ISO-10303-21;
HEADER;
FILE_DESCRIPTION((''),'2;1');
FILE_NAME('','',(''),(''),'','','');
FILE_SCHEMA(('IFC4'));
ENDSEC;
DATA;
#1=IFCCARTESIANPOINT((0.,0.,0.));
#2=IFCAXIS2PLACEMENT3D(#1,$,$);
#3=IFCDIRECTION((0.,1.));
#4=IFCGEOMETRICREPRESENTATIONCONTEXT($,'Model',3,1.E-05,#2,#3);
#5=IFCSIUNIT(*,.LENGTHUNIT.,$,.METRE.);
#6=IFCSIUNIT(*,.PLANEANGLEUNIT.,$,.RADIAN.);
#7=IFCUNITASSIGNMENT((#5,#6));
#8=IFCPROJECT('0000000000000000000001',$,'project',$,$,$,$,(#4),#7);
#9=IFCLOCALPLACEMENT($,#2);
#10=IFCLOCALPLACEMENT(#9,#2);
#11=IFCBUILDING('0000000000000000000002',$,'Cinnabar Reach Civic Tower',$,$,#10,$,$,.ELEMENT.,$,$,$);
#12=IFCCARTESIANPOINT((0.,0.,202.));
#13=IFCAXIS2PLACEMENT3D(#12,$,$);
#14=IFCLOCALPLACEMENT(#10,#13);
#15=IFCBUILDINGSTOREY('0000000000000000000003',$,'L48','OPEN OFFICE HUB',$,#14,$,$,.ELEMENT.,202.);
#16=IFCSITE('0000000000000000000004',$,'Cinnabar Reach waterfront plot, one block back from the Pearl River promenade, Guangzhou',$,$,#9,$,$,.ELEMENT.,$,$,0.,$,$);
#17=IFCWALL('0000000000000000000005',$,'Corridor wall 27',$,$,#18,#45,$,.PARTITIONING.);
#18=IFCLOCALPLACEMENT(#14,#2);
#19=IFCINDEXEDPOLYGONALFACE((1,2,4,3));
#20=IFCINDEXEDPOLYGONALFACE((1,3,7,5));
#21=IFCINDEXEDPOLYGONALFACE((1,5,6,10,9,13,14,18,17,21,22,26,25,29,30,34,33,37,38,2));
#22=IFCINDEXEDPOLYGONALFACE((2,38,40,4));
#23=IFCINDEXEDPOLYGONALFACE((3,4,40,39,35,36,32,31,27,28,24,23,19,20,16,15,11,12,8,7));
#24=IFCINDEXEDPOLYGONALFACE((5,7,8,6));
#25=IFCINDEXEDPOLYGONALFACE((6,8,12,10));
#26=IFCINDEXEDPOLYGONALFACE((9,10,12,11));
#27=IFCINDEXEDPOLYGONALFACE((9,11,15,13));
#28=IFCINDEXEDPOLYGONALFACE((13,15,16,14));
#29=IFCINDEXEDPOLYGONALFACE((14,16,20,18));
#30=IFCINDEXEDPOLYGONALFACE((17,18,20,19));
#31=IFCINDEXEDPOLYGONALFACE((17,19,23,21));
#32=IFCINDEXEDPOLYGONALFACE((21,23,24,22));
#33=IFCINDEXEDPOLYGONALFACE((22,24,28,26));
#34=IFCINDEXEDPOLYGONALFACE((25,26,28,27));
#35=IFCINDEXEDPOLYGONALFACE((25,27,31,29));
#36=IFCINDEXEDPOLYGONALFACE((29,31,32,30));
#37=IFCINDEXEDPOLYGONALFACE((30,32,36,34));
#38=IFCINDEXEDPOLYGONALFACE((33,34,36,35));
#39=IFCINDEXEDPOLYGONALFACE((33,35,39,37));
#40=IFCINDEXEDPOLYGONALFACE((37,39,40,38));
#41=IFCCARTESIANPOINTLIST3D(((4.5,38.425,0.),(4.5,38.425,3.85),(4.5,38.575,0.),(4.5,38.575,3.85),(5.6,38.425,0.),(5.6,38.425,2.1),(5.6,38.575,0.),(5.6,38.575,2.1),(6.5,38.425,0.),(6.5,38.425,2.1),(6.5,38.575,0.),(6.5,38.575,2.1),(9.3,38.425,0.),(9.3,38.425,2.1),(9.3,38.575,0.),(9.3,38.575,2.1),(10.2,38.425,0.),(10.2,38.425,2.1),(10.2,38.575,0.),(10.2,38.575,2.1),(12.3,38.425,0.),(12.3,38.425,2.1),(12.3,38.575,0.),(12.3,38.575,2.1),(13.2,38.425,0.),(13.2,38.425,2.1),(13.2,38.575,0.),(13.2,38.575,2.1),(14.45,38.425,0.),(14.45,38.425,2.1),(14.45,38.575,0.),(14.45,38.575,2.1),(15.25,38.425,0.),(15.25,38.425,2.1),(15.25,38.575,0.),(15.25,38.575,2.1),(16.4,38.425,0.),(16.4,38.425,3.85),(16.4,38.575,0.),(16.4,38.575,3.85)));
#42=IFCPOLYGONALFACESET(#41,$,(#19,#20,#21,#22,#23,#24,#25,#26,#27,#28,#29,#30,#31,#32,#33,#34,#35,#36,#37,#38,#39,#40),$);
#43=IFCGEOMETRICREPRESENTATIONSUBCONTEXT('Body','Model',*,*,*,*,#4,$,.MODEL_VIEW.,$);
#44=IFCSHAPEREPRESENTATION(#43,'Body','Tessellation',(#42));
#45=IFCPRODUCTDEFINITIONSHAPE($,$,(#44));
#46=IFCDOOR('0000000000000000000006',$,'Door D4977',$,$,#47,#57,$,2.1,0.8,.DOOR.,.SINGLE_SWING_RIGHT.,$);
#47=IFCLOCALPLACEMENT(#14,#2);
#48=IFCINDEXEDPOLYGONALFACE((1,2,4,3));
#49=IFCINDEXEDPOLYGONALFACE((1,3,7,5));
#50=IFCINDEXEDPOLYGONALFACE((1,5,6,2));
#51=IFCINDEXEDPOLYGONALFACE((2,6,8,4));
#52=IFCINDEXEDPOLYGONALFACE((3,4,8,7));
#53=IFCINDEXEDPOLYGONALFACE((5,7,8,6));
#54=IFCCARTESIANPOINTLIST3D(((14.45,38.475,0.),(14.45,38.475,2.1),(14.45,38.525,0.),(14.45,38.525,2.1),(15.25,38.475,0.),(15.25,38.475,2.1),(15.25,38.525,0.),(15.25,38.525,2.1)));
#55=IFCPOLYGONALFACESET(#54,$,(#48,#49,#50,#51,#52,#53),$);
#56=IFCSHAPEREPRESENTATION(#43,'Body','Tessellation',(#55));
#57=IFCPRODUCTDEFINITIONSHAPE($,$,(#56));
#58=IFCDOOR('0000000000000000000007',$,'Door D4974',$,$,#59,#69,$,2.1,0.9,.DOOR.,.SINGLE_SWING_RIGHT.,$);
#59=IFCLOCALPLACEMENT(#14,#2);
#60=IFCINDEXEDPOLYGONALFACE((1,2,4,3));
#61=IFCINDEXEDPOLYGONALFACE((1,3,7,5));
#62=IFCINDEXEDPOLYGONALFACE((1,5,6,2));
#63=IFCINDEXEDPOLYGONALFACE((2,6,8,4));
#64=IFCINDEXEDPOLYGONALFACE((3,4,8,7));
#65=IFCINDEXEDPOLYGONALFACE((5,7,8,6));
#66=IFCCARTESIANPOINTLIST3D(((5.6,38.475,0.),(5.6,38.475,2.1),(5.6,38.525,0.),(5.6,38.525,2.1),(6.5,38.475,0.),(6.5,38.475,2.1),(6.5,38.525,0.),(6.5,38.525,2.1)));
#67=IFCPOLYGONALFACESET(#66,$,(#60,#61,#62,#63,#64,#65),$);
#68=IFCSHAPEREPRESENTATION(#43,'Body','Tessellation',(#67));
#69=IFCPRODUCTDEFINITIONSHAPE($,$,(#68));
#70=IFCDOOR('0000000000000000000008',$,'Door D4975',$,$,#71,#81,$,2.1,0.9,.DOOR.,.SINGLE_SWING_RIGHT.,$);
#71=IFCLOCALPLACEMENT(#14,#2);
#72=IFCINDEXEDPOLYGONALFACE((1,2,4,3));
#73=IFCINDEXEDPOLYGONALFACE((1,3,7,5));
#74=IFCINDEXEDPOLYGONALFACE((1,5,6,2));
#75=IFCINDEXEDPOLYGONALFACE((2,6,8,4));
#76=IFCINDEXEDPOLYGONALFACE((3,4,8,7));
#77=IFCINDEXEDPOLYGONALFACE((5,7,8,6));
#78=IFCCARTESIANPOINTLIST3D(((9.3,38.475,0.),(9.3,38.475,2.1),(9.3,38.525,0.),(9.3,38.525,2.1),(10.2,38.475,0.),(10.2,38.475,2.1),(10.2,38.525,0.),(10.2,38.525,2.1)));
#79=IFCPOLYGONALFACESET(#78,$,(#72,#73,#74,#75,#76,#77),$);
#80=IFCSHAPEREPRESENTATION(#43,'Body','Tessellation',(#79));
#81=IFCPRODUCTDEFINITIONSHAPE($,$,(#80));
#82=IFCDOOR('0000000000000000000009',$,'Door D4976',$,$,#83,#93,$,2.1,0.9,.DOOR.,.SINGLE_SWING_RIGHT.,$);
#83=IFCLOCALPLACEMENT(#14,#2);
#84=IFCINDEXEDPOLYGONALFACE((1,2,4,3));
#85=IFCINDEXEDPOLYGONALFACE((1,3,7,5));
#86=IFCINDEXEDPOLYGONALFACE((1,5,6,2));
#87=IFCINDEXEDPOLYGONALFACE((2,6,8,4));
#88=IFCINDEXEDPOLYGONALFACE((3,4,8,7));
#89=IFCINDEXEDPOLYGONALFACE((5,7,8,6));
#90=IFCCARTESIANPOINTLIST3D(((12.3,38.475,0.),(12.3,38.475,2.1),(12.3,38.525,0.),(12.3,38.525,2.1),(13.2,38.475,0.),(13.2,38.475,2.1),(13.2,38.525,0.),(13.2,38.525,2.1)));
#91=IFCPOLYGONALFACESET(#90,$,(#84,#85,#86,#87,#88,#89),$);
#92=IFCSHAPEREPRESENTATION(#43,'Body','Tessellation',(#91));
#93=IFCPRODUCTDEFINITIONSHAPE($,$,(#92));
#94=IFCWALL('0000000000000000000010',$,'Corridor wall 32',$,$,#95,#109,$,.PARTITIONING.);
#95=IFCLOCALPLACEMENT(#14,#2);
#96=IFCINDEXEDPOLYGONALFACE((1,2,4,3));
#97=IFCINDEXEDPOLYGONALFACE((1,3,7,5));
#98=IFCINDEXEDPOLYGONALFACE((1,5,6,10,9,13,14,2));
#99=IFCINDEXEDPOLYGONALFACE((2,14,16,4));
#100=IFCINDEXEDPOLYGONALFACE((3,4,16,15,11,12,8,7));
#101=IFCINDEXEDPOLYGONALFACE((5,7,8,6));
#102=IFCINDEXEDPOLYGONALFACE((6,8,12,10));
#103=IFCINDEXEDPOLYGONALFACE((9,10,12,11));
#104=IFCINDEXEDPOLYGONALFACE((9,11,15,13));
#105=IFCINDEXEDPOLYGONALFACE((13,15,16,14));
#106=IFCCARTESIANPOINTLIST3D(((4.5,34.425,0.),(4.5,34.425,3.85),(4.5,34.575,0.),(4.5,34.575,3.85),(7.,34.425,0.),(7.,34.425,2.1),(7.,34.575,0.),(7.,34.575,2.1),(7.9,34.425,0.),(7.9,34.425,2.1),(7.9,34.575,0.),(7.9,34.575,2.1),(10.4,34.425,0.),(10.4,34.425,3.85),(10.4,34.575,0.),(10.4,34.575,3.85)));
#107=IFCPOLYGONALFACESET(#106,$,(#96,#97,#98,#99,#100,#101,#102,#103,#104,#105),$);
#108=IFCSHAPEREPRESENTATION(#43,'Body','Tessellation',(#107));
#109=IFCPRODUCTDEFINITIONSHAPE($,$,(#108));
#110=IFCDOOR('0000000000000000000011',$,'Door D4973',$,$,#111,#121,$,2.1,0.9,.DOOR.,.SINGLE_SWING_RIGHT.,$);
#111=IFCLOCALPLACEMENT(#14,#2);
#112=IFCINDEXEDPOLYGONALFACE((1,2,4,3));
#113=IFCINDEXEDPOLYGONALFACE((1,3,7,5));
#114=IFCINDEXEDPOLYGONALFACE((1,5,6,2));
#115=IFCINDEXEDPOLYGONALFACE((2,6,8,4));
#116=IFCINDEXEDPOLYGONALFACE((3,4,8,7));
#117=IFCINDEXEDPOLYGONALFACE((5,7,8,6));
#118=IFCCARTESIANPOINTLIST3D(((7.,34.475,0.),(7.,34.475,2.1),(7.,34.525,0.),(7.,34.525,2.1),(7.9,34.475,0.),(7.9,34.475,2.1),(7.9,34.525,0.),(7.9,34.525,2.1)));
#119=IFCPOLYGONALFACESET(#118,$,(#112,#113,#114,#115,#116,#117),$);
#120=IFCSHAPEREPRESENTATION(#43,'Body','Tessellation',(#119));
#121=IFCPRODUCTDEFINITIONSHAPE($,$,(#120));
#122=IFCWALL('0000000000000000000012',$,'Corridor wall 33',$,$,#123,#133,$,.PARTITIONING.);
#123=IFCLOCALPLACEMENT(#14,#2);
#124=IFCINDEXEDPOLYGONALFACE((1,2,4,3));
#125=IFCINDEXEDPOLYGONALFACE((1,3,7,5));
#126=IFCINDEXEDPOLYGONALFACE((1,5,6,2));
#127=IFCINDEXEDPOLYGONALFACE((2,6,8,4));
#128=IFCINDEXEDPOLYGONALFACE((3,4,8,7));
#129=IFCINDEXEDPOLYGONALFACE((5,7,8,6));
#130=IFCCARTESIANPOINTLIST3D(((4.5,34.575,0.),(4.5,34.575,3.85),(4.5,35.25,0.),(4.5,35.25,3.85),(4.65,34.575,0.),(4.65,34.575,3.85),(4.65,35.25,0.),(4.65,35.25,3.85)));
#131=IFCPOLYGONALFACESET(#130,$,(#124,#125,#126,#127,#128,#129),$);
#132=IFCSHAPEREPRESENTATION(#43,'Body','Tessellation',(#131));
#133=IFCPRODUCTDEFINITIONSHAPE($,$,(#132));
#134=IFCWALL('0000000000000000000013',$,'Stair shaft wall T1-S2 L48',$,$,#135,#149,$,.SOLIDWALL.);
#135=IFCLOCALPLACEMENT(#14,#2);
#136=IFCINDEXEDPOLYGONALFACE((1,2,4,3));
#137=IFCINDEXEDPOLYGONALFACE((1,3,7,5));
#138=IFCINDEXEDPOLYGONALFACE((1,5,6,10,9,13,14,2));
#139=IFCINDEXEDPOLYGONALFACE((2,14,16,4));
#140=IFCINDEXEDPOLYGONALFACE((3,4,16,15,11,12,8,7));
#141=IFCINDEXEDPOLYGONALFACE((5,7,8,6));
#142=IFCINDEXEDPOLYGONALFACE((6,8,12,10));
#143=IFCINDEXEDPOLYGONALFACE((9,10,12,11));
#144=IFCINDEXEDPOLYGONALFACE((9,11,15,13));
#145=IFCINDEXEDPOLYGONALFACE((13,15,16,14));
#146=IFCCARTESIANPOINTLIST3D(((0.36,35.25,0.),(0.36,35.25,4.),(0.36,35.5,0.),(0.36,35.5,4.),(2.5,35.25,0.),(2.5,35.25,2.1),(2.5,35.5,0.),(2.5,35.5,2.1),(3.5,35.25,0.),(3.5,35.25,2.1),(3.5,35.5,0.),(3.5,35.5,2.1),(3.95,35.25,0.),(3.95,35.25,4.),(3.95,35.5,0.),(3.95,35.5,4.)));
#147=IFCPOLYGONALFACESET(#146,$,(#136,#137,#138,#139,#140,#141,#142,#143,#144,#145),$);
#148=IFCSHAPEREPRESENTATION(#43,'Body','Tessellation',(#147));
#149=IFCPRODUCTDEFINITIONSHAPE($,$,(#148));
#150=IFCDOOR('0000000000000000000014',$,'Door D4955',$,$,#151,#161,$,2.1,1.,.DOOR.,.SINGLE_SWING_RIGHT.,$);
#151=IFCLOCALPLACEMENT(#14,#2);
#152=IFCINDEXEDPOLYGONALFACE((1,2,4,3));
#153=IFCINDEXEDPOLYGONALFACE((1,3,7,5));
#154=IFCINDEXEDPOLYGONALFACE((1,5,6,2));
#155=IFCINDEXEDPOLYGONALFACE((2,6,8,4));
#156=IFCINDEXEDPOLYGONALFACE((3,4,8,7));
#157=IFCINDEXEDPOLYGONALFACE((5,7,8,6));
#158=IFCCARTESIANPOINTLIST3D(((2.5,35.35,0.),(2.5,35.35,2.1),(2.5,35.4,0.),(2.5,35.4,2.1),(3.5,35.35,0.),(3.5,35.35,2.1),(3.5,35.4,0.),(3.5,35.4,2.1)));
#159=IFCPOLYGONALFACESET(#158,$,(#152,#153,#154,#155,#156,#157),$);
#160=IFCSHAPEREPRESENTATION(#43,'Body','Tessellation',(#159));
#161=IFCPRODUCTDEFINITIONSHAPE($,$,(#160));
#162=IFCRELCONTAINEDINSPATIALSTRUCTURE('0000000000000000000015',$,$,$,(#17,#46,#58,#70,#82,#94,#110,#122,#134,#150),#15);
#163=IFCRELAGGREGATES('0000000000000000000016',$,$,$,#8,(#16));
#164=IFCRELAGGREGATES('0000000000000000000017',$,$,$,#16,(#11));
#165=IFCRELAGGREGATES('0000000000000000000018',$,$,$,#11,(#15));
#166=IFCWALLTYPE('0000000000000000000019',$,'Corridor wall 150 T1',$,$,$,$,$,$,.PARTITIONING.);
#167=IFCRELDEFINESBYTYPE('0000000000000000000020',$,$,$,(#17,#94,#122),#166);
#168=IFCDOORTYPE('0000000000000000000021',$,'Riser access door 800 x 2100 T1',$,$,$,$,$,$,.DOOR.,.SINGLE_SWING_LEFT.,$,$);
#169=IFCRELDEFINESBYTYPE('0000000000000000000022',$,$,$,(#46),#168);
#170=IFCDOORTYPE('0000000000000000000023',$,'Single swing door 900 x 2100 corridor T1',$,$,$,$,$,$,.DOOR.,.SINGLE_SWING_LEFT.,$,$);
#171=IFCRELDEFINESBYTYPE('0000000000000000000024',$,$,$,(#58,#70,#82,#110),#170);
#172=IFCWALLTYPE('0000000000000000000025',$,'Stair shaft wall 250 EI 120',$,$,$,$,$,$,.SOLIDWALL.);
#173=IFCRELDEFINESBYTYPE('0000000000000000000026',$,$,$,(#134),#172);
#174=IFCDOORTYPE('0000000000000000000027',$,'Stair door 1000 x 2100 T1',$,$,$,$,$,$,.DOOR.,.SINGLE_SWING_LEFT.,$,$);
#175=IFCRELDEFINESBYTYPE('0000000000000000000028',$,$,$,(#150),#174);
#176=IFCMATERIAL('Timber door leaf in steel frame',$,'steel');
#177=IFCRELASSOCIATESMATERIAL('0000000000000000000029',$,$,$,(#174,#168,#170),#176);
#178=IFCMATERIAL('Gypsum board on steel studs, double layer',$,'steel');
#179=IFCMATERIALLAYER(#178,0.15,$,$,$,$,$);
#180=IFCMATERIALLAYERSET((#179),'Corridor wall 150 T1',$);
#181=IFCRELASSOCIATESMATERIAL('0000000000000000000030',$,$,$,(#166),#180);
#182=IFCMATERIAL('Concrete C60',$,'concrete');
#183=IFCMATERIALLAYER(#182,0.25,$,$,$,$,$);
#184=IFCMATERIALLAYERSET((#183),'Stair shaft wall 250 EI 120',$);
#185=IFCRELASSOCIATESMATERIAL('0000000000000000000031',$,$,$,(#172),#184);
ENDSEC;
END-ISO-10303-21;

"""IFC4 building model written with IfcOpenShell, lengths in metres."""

from ifc_helpers import new_model, si_unit, direction, frame, frame_2d, origin, place, context, subcontext, project, spatial, rectangle, extrude, material, layer, layer_set, type_object, element, fill, save


model = new_model("IFC4")

# Units and contexts
model_context = context("Model", 3, precision=1e-05, world=origin(), true_north=direction((0.0, 1.0)))
body_context = subcontext(model_context, "Body", "Model", "MODEL_VIEW")
ifc_project = project(units=[si_unit("LENGTHUNIT", "METRE"), si_unit("PLANEANGLEUNIT", "RADIAN")], contexts=[model_context])

# Site, building, storey
site_placement = place(None, origin())
site = spatial("IfcSite", under=ifc_project, at=site_placement, Name="Cinnabar Reach waterfront plot, one block back from the Pearl River promenade, Guangzhou", CompositionType="ELEMENT", RefElevation=0.0)
building_placement = place(site_placement, origin())
building = spatial("IfcBuilding", under=site, at=building_placement, Name="Cinnabar Reach Civic Tower", CompositionType="ELEMENT")
storey_placement = place(building_placement, frame((0.0, 0.0, 202.0)))
storey = spatial("IfcBuildingStorey", under=building, at=storey_placement, Name="L48", Description="OPEN OFFICE HUB", CompositionType="ELEMENT", Elevation=202.0)

# Shared definitions
ifc_material_1 = material(Name="Concrete C60", Category="concrete")
ifc_material_2 = material(Name="Timber door leaf in steel frame", Category="steel")
door_type_1 = type_object("IfcDoorType", Name="Stair door 1000 x 2100 T1", OperationType="SINGLE_SWING_LEFT", PredefinedType="DOOR", material=ifc_material_2)

# Wall, openings, doors
ifc_material_3 = material(Name="Gypsum board on steel studs, double layer", Category="steel")
ifc_layer_1 = layer(ifc_material_3, 0.15)
ifc_layer_set_1 = layer_set([ifc_layer_1], Name="Corridor wall 150 T1")
wall_type_1 = type_object("IfcWallType", Name="Corridor wall 150 T1", PredefinedType="PARTITIONING", material=ifc_layer_set_1)
wall_1_placement = place(storey_placement, frame((4.5, 38.5, 0.0), z_axis=(0.0, 0.0, 1.0), x_axis=(1.0, 0.0, 0.0)))
wall_1 = element("IfcWall", 1, at=wall_1_placement, inside=storey, type_object=wall_type_1, Name="Corridor wall 27", PredefinedType="PARTITIONING", context=body_context, shape_type="SweptSolid", body=[
    extrude(rectangle(XDim=11.9, YDim=0.15, at=frame_2d((5.95, 0.0))), origin(), (0.0, 0.0, 1.0), 3.85),
])
opening_1_placement = place(wall_1_placement, frame((1.1, 0.0, 0.0)))
opening_1 = element("IfcOpeningElement", 2, at=opening_1_placement, cuts=wall_1, PredefinedType="OPENING", context=body_context, shape_type="SweptSolid", body=[
    extrude(rectangle(XDim=0.9, YDim=2.1, at=frame_2d((0.45, 1.05))), frame((0.0, 0.085, 0.0), z_axis=(0.0, -1.0, 0.0), x_axis=(1.0, 0.0, 0.0)), (0.0, 0.0, 1.0), 0.17),
])
opening_2_placement = place(wall_1_placement, frame((4.8, 0.0, 0.0)))
opening_2 = element("IfcOpeningElement", 3, at=opening_2_placement, cuts=wall_1, PredefinedType="OPENING", context=body_context, shape_type="SweptSolid", body=[
    extrude(rectangle(XDim=0.9, YDim=2.1, at=frame_2d((0.45, 1.05))), frame((0.0, 0.085, 0.0), z_axis=(0.0, -1.0, 0.0), x_axis=(1.0, 0.0, 0.0)), (0.0, 0.0, 1.0), 0.17),
])
opening_3_placement = place(wall_1_placement, frame((7.8, 0.0, 0.0)))
opening_3 = element("IfcOpeningElement", 4, at=opening_3_placement, cuts=wall_1, PredefinedType="OPENING", context=body_context, shape_type="SweptSolid", body=[
    extrude(rectangle(XDim=0.9, YDim=2.1, at=frame_2d((0.45, 1.05))), frame((0.0, 0.085, 0.0), z_axis=(0.0, -1.0, 0.0), x_axis=(1.0, 0.0, 0.0)), (0.0, 0.0, 1.0), 0.17),
])
opening_4_placement = place(wall_1_placement, frame((9.95, 0.0, 0.0)))
opening_4 = element("IfcOpeningElement", 5, at=opening_4_placement, cuts=wall_1, PredefinedType="OPENING", context=body_context, shape_type="SweptSolid", body=[
    extrude(rectangle(XDim=0.8, YDim=2.1, at=frame_2d((0.4, 1.05))), frame((0.0, 0.085, 0.0), z_axis=(0.0, -1.0, 0.0), x_axis=(1.0, 0.0, 0.0)), (0.0, 0.0, 1.0), 0.17),
])
door_type_2 = type_object("IfcDoorType", Name="Riser access door 800 x 2100 T1", OperationType="SINGLE_SWING_LEFT", PredefinedType="DOOR", material=ifc_material_2)
door_1_placement = place(opening_4_placement, origin())
door_1 = element("IfcDoor", 6, at=door_1_placement, inside=storey, type_object=door_type_2, Name="Door D4977", OperationType="SINGLE_SWING_RIGHT", OverallHeight=2.1, OverallWidth=0.8, PredefinedType="DOOR", context=body_context, shape_type="SweptSolid", body=[
    extrude(rectangle(XDim=0.8, YDim=2.1, at=frame_2d((0.4, 1.05))), frame((0.0, 0.025, 0.0), z_axis=(0.0, -1.0, 0.0), x_axis=(1.0, 0.0, 0.0)), (0.0, 0.0, 1.0), 0.05),
])
fill(opening_4, door_1)
door_type_3 = type_object("IfcDoorType", Name="Single swing door 900 x 2100 corridor T1", OperationType="SINGLE_SWING_LEFT", PredefinedType="DOOR", material=ifc_material_2)
door_2_placement = place(opening_1_placement, origin())
door_2 = element("IfcDoor", 7, at=door_2_placement, inside=storey, type_object=door_type_3, Name="Door D4974", OperationType="SINGLE_SWING_RIGHT", OverallHeight=2.1, OverallWidth=0.9, PredefinedType="DOOR", context=body_context, shape_type="SweptSolid", body=[
    extrude(rectangle(XDim=0.9, YDim=2.1, at=frame_2d((0.45, 1.05))), frame((0.0, 0.025, 0.0), z_axis=(0.0, -1.0, 0.0), x_axis=(1.0, 0.0, 0.0)), (0.0, 0.0, 1.0), 0.05),
])
fill(opening_1, door_2)
door_3_placement = place(opening_2_placement, origin())
door_3 = element("IfcDoor", 8, at=door_3_placement, inside=storey, type_object=door_type_3, Name="Door D4975", OperationType="SINGLE_SWING_RIGHT", OverallHeight=2.1, OverallWidth=0.9, PredefinedType="DOOR", context=body_context, shape_type="SweptSolid", body=[
    extrude(rectangle(XDim=0.9, YDim=2.1, at=frame_2d((0.45, 1.05))), frame((0.0, 0.025, 0.0), z_axis=(0.0, -1.0, 0.0), x_axis=(1.0, 0.0, 0.0)), (0.0, 0.0, 1.0), 0.05),
])
fill(opening_2, door_3)
door_4_placement = place(opening_3_placement, origin())
door_4 = element("IfcDoor", 9, at=door_4_placement, inside=storey, type_object=door_type_3, Name="Door D4976", OperationType="SINGLE_SWING_RIGHT", OverallHeight=2.1, OverallWidth=0.9, PredefinedType="DOOR", context=body_context, shape_type="SweptSolid", body=[
    extrude(rectangle(XDim=0.9, YDim=2.1, at=frame_2d((0.45, 1.05))), frame((0.0, 0.025, 0.0), z_axis=(0.0, -1.0, 0.0), x_axis=(1.0, 0.0, 0.0)), (0.0, 0.0, 1.0), 0.05),
])
fill(opening_3, door_4)

# Wall, opening, door
wall_2_placement = place(storey_placement, frame((4.5, 34.5, 0.0), z_axis=(0.0, 0.0, 1.0), x_axis=(1.0, 0.0, 0.0)))
wall_2 = element("IfcWall", 10, at=wall_2_placement, inside=storey, type_object=wall_type_1, Name="Corridor wall 32", PredefinedType="PARTITIONING", context=body_context, shape_type="SweptSolid", body=[
    extrude(rectangle(XDim=5.9, YDim=0.15, at=frame_2d((2.95, 0.0))), origin(), (0.0, 0.0, 1.0), 3.85),
])
opening_5_placement = place(wall_2_placement, frame((2.5, 0.0, 0.0)))
opening_5 = element("IfcOpeningElement", 11, at=opening_5_placement, cuts=wall_2, PredefinedType="OPENING", context=body_context, shape_type="SweptSolid", body=[
    extrude(rectangle(XDim=0.9, YDim=2.1, at=frame_2d((0.45, 1.05))), frame((0.0, 0.085, 0.0), z_axis=(0.0, -1.0, 0.0), x_axis=(1.0, 0.0, 0.0)), (0.0, 0.0, 1.0), 0.17),
])
door_5_placement = place(opening_5_placement, frame((0.9, 0.0, 0.0), z_axis=(0.0, 0.0, 1.0), x_axis=(-1.0, 0.0, 0.0)))
door_5 = element("IfcDoor", 12, at=door_5_placement, inside=storey, type_object=door_type_3, Name="Door D4973", OperationType="SINGLE_SWING_RIGHT", OverallHeight=2.1, OverallWidth=0.9, PredefinedType="DOOR", context=body_context, shape_type="SweptSolid", body=[
    extrude(rectangle(XDim=0.9, YDim=2.1, at=frame_2d((0.45, 1.05))), frame((0.0, 0.025, 0.0), z_axis=(0.0, -1.0, 0.0), x_axis=(1.0, 0.0, 0.0)), (0.0, 0.0, 1.0), 0.05),
])
fill(opening_5, door_5)

# Wall
wall_3_placement = place(storey_placement, frame((4.575, 34.575, 0.0), z_axis=(0.0, 0.0, 1.0), x_axis=(0.0, 1.0, 0.0)))
element("IfcWall", 13, at=wall_3_placement, inside=storey, type_object=wall_type_1, Name="Corridor wall 33", PredefinedType="PARTITIONING", context=body_context, shape_type="SweptSolid", body=[
    extrude(rectangle(XDim=0.675, YDim=0.15, at=frame_2d((0.3375, 0.0))), origin(), (0.0, 0.0, 1.0), 3.85),
])

# Wall, opening, door
ifc_layer_2 = layer(ifc_material_1, 0.25)
ifc_layer_set_2 = layer_set([ifc_layer_2], Name="Stair shaft wall 250 EI 120")
wall_type_2 = type_object("IfcWallType", Name="Stair shaft wall 250 EI 120", PredefinedType="SOLIDWALL", material=ifc_layer_set_2)
wall_4_placement = place(storey_placement, frame((0.36, 35.375, 0.0), z_axis=(0.0, 0.0, 1.0), x_axis=(1.0, 0.0, 0.0)))
wall_4 = element("IfcWall", 14, at=wall_4_placement, inside=storey, type_object=wall_type_2, Name="Stair shaft wall T1-S2 L48", PredefinedType="SOLIDWALL", context=body_context, shape_type="SweptSolid", body=[
    extrude(rectangle(XDim=3.59, YDim=0.25, at=frame_2d((1.795, 0.0))), origin(), (0.0, 0.0, 1.0), 4.0),
])
opening_6_placement = place(wall_4_placement, frame((2.14, 0.0, 0.0)))
opening_6 = element("IfcOpeningElement", 15, at=opening_6_placement, cuts=wall_4, PredefinedType="OPENING", context=body_context, shape_type="SweptSolid", body=[
    extrude(rectangle(XDim=1.0, YDim=2.1, at=frame_2d((0.5, 1.05))), frame((0.0, 0.135, 0.0), z_axis=(0.0, -1.0, 0.0), x_axis=(1.0, 0.0, 0.0)), (0.0, 0.0, 1.0), 0.27),
])
door_6_placement = place(opening_6_placement, origin())
door_6 = element("IfcDoor", 16, at=door_6_placement, inside=storey, type_object=door_type_1, Name="Door D4955", OperationType="SINGLE_SWING_RIGHT", OverallHeight=2.1, OverallWidth=1.0, PredefinedType="DOOR", context=body_context, shape_type="SweptSolid", body=[
    extrude(rectangle(XDim=1.0, YDim=2.1, at=frame_2d((0.5, 1.05))), frame((0.0, 0.025, 0.0), z_axis=(0.0, -1.0, 0.0), x_axis=(1.0, 0.0, 0.0)), (0.0, 0.0, 1.0), 0.05),
])
fill(opening_6, door_6)

save(model, "model.ifc")
